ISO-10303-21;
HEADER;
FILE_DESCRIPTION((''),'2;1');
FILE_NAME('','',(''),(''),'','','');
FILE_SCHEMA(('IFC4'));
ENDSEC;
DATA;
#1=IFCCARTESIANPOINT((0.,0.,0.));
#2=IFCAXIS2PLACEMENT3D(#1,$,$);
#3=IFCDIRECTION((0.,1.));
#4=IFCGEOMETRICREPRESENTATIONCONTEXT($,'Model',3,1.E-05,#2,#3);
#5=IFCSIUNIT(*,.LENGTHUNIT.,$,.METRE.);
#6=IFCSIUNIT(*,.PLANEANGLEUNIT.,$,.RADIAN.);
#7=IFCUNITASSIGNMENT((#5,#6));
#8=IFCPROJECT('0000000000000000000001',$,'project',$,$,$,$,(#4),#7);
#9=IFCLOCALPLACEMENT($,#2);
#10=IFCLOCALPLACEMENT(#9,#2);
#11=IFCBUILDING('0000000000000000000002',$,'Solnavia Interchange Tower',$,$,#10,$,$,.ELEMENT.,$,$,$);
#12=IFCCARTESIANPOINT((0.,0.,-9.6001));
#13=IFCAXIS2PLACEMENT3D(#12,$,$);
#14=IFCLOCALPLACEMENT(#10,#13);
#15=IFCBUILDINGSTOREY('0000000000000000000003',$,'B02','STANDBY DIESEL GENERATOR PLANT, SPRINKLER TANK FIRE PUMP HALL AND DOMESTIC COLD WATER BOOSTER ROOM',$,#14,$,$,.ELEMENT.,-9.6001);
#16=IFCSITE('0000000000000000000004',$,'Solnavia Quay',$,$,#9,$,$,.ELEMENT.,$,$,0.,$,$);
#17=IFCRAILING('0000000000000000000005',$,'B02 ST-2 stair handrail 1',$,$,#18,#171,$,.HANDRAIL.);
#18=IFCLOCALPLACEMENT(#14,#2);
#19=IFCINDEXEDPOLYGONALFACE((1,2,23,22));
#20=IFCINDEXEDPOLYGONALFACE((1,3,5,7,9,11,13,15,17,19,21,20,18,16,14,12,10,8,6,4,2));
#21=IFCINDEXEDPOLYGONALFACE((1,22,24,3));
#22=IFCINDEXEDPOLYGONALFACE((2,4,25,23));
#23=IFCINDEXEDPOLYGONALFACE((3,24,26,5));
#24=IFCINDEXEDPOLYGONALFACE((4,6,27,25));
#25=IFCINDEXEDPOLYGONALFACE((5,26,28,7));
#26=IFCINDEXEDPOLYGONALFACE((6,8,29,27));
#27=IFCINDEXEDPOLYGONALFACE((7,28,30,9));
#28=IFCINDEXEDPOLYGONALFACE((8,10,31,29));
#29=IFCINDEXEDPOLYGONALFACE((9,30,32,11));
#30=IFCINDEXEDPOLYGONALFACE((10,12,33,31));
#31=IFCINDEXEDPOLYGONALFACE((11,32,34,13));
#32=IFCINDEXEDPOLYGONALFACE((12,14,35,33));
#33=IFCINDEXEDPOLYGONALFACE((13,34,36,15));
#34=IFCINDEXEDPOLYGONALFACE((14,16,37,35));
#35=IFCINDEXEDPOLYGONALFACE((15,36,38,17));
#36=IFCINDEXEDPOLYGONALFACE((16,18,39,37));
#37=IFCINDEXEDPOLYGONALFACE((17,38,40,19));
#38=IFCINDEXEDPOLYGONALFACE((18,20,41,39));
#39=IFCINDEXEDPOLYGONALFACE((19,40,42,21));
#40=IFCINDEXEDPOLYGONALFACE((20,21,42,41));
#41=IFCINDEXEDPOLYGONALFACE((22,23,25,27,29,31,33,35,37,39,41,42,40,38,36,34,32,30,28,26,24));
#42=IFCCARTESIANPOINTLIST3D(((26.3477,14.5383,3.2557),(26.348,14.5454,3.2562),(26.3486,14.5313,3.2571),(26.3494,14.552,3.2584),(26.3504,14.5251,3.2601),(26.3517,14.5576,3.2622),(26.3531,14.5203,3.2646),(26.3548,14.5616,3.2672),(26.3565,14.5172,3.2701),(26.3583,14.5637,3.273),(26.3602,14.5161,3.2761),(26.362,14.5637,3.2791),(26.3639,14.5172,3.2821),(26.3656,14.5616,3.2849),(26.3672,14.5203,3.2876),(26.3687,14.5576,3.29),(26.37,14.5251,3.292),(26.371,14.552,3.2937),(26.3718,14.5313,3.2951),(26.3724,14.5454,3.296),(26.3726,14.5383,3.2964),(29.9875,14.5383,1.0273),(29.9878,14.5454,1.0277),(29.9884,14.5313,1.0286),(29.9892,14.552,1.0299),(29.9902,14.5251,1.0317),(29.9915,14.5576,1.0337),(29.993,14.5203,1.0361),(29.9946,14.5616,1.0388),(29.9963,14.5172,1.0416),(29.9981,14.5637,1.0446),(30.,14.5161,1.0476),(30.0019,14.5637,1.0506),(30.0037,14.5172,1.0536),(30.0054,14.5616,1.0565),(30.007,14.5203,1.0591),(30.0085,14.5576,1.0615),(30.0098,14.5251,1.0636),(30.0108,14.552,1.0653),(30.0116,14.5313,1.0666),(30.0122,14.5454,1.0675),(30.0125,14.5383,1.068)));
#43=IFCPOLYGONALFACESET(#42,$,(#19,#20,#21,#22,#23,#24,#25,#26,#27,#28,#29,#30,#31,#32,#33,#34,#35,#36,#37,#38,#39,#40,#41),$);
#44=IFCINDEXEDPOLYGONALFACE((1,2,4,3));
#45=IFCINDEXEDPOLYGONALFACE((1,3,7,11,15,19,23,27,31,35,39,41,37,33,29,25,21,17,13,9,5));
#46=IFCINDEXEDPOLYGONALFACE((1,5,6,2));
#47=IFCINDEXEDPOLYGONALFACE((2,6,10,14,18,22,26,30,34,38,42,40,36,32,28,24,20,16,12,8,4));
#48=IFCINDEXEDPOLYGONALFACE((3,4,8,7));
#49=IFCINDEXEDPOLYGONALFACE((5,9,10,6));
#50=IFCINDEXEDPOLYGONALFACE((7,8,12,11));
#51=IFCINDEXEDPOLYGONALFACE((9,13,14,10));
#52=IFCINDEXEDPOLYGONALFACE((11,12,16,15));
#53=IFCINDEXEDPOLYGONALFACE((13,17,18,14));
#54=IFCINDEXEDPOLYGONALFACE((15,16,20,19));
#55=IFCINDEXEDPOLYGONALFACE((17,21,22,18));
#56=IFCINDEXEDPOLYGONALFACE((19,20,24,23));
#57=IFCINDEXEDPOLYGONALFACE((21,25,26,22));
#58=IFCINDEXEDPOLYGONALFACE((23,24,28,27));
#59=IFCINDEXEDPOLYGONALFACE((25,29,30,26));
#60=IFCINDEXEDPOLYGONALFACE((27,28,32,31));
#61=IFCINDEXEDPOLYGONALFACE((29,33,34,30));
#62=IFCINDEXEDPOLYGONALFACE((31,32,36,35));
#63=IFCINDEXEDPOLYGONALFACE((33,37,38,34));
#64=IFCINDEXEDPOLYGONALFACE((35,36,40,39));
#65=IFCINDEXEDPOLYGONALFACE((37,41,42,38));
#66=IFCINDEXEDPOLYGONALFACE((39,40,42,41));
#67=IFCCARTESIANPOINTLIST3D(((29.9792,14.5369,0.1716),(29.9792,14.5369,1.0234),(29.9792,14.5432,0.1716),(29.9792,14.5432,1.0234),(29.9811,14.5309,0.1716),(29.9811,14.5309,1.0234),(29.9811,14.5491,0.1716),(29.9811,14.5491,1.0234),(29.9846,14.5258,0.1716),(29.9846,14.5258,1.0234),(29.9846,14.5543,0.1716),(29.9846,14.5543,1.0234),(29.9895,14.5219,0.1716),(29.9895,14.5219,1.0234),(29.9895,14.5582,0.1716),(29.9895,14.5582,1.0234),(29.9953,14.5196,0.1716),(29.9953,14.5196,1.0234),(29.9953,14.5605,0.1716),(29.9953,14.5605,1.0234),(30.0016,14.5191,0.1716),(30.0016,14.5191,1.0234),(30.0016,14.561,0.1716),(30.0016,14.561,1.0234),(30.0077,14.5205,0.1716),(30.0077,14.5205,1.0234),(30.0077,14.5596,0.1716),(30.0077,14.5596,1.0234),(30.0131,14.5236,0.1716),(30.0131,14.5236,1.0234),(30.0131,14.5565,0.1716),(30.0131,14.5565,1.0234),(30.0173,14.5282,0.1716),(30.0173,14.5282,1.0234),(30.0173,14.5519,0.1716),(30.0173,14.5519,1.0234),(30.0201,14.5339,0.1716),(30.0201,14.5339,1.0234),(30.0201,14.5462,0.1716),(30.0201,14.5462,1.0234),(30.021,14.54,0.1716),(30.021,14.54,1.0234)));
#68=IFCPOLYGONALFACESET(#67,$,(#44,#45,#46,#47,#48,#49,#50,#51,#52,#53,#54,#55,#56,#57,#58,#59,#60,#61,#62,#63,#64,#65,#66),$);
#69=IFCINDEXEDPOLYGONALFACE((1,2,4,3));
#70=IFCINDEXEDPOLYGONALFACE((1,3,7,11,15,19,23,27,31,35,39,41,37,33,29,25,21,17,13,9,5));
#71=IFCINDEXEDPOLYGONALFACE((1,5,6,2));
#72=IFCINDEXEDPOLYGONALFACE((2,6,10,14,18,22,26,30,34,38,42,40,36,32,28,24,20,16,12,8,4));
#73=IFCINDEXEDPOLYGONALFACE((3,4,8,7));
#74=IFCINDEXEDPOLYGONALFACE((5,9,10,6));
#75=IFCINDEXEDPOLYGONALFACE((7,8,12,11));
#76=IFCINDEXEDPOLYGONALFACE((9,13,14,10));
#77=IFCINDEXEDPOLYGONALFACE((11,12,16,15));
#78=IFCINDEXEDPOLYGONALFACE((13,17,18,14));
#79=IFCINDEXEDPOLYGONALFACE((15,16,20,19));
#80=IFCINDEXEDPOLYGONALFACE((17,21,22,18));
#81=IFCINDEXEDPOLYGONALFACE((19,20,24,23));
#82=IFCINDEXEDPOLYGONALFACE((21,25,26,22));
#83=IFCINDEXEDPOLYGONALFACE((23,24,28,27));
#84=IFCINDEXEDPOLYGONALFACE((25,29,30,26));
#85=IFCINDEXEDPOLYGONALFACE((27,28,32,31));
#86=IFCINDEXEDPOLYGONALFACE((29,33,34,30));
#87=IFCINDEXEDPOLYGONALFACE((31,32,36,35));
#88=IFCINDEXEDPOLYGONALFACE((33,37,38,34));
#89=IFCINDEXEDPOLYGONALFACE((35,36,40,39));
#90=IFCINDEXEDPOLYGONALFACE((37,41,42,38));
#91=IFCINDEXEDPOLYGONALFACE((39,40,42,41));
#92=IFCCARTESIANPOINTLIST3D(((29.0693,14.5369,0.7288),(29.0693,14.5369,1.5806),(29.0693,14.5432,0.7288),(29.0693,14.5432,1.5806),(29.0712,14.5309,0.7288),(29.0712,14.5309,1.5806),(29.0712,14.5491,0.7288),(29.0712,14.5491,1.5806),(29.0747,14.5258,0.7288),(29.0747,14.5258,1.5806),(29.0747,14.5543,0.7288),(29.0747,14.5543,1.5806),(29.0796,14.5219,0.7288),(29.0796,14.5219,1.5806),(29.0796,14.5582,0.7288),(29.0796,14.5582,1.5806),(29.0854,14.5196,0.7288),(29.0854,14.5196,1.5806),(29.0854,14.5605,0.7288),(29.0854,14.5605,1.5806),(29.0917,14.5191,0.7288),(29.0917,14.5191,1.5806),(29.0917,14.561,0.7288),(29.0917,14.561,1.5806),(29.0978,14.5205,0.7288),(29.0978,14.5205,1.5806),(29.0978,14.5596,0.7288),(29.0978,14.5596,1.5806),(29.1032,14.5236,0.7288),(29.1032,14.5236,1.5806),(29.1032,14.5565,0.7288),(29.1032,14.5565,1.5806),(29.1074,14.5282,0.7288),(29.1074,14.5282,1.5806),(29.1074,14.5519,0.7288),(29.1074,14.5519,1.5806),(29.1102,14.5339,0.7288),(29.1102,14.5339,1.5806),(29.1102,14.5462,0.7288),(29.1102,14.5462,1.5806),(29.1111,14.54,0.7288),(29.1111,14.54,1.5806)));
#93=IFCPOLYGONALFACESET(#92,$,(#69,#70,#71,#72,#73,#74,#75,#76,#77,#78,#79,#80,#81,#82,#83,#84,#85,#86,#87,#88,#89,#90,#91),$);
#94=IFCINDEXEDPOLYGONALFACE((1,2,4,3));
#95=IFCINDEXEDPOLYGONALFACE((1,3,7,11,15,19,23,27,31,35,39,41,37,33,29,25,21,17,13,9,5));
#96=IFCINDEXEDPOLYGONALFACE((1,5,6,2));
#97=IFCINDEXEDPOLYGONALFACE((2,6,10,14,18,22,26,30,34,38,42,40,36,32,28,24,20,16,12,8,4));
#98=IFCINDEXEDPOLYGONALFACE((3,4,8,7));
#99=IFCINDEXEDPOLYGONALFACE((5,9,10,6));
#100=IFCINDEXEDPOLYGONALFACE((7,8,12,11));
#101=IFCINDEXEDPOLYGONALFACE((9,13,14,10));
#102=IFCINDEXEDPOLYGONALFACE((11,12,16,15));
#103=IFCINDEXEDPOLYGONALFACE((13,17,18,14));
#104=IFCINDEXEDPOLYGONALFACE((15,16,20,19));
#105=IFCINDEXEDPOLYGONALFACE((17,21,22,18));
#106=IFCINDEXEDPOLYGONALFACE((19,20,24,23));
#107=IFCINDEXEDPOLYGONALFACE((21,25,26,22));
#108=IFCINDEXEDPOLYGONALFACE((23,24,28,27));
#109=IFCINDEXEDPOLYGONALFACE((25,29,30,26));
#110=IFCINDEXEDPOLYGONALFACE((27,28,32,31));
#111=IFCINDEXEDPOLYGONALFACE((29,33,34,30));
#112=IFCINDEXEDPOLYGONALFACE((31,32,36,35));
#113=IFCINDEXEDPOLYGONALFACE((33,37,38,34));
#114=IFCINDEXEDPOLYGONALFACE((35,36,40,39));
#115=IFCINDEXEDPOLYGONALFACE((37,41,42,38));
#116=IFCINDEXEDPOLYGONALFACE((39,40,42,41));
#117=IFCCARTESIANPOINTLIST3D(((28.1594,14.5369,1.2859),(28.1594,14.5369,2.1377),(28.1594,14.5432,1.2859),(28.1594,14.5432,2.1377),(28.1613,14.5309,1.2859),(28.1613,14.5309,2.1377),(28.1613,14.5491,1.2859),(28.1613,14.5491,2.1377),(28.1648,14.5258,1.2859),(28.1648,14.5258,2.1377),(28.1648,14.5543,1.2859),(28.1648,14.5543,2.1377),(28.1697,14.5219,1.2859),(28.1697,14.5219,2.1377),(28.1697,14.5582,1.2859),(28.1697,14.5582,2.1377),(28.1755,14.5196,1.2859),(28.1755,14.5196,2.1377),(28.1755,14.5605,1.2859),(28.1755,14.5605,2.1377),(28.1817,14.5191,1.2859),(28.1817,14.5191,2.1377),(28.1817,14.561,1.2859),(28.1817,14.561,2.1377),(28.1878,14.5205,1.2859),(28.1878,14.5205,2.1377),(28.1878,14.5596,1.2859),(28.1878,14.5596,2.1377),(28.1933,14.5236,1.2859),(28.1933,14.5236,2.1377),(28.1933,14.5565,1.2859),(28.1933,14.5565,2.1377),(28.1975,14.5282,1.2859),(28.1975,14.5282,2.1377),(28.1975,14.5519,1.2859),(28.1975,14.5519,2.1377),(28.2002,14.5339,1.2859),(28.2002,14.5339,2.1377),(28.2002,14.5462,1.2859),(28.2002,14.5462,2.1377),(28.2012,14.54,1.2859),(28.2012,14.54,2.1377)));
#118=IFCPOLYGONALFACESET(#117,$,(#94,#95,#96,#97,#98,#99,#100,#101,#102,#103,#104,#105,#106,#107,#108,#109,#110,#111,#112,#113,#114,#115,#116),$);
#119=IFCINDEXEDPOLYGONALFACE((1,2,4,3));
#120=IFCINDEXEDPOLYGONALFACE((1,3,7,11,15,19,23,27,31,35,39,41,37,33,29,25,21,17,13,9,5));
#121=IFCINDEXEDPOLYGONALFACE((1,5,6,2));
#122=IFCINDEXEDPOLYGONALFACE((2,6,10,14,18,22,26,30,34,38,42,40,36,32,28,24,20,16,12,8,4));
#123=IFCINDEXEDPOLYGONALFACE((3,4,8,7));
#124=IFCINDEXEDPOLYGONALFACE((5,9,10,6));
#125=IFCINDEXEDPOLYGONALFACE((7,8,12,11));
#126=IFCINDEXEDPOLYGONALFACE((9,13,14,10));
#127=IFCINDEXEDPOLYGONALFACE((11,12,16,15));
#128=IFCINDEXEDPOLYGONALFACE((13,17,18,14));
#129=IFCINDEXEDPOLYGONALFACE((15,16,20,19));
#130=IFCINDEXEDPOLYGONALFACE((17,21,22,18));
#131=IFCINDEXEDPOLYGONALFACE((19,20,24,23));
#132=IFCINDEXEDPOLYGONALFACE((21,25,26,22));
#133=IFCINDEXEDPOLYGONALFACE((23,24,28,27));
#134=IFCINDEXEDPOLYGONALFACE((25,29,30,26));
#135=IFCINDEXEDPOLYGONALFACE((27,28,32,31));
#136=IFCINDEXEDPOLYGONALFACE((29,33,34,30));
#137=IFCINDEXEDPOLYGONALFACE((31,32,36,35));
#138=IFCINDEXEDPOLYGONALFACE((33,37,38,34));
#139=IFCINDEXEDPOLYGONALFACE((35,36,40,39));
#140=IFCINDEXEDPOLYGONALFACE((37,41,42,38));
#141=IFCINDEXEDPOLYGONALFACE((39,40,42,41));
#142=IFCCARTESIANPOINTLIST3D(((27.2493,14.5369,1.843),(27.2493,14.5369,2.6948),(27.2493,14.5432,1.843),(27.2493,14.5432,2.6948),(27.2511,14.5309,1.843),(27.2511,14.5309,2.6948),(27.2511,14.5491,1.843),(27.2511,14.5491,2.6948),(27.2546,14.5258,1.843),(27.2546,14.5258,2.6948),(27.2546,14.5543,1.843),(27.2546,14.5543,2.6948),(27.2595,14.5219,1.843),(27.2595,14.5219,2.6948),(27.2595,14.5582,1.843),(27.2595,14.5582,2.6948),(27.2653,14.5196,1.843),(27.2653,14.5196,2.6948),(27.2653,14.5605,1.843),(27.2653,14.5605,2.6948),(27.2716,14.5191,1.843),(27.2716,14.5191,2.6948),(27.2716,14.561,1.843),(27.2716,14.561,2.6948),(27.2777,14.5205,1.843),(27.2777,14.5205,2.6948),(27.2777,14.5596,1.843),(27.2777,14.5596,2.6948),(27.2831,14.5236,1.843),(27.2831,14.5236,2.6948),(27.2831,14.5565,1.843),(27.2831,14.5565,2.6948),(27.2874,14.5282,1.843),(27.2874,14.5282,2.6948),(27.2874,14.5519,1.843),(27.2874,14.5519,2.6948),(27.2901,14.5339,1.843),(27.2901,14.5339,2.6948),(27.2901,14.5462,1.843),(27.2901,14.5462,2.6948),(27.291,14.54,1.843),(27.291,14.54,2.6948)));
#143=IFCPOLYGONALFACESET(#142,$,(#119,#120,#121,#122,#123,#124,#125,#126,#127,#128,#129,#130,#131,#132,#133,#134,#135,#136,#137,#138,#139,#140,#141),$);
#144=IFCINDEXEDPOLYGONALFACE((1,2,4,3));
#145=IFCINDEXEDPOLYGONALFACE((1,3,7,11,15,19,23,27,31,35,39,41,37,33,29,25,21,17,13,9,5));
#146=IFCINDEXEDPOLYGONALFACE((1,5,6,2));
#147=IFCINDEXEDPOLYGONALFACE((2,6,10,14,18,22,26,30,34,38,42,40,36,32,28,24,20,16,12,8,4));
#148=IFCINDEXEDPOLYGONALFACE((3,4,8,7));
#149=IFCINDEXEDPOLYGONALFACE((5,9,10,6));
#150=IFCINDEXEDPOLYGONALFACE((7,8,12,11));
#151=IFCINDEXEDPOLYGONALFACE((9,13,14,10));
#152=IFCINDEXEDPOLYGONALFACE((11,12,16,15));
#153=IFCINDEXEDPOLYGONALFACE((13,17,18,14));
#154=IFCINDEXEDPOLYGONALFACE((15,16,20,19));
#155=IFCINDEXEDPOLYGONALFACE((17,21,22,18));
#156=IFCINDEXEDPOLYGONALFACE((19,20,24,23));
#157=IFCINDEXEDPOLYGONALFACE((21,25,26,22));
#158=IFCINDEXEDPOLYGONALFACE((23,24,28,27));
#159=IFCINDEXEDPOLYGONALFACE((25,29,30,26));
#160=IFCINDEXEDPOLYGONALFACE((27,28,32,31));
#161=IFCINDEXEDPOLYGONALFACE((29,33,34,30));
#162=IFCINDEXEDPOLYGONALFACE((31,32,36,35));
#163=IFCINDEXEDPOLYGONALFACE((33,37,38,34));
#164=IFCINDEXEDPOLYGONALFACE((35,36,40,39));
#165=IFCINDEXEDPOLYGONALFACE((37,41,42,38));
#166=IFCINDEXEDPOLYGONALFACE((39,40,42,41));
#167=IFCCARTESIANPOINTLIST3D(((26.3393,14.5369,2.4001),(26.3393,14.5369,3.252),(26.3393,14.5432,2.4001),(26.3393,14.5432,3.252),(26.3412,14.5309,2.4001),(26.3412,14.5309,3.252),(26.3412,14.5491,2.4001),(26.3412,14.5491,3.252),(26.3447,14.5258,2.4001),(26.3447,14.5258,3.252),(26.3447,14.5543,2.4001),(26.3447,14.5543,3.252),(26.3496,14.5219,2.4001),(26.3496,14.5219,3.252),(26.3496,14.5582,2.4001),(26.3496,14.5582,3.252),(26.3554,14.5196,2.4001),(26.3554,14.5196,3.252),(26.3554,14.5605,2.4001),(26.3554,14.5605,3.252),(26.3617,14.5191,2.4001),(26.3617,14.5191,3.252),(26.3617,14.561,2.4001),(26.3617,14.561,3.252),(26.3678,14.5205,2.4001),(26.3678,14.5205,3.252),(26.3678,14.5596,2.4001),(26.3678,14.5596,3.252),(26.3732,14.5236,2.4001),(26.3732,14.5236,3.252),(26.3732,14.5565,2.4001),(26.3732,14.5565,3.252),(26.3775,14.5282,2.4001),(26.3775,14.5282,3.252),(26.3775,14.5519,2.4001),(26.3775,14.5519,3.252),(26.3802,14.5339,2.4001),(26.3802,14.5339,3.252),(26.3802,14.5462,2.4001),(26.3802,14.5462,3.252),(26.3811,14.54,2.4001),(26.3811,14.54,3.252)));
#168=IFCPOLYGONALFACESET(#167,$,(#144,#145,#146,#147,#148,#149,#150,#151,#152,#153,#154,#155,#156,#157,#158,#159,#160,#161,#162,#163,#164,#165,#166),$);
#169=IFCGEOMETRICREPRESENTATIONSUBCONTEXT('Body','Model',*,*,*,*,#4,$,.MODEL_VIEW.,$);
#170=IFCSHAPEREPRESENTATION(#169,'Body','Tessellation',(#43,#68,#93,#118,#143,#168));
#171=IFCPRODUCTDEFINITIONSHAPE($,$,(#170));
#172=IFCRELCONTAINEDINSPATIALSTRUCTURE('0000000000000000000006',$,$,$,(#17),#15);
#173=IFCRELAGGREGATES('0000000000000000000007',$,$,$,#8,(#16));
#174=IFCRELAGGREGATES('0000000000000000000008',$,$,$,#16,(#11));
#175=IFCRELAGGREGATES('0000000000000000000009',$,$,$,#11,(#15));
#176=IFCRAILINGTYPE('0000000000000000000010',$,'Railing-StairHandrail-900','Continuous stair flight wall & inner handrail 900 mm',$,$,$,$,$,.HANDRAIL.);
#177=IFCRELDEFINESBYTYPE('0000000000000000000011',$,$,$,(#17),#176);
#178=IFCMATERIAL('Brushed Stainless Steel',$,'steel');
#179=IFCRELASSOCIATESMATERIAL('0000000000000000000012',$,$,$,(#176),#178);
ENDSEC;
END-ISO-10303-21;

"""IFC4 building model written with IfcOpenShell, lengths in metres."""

from ifc_helpers import new_model, si_unit, direction, frame, origin, origin_2d, place, context, subcontext, project, spatial, circle, extrude, material, type_object, element, save


model = new_model("IFC4")

# Units and contexts
model_context = context("Model", 3, precision=1e-05, world=origin(), true_north=direction((0.0, 1.0)))
body_context = subcontext(model_context, "Body", "Model", "MODEL_VIEW")
ifc_project = project(units=[si_unit("LENGTHUNIT", "METRE"), si_unit("PLANEANGLEUNIT", "RADIAN")], contexts=[model_context])

# Site, building, storey
site_placement = place(None, origin())
site = spatial("IfcSite", under=ifc_project, at=site_placement, Name="Solnavia Quay", CompositionType="ELEMENT", RefElevation=0.0)
building_placement = place(site_placement, origin())
building = spatial("IfcBuilding", under=site, at=building_placement, Name="Solnavia Interchange Tower", CompositionType="ELEMENT")
storey_placement = place(building_placement, frame((0.0, 0.0, -9.6001)))
storey = spatial("IfcBuildingStorey", under=building, at=storey_placement, Name="B02", Description="STANDBY DIESEL GENERATOR PLANT, SPRINKLER TANK FIRE PUMP HALL AND DOMESTIC COLD WATER BOOSTER ROOM", CompositionType="ELEMENT", Elevation=-9.6001)

# Railing
ifc_material_1 = material(Name="Brushed Stainless Steel", Category="steel")
railing_type_1 = type_object("IfcRailingType", Name="Railing-StairHandrail-900", Description="Continuous stair flight wall & inner handrail 900 mm", PredefinedType="HANDRAIL", material=ifc_material_1)
railing_1_placement = place(storey_placement, frame((30.0, 14.54, 0.1716)))
element("IfcRailing", 1, at=railing_1_placement, inside=storey, type_object=railing_type_1, Name="B02 ST-2 stair handrail 1", PredefinedType="HANDRAIL", context=body_context, shape_type="SweptSolid", body=[
    extrude(circle(Radius=0.0239, at=origin_2d()), frame((0.0, 0.0, 0.876), z_axis=(-0.85285, 0.0, 0.522156), x_axis=(0.0, -1.0, 0.0)), (0.0, 0.0, 1.0), 4.2678),
    extrude(circle(Radius=0.021, at=origin_2d()), origin(), (0.0, 0.0, 1.0), 0.8518),
    extrude(circle(Radius=0.021, at=origin_2d()), frame((-0.9099, 0.0, 0.5571)), (0.0, 0.0, 1.0), 0.8518),
    extrude(circle(Radius=0.021, at=origin_2d()), frame((-1.8198, 0.0, 1.1143)), (0.0, 0.0, 1.0), 0.8518),
    extrude(circle(Radius=0.021, at=origin_2d()), frame((-2.73, 0.0, 1.6714)), (0.0, 0.0, 1.0), 0.8518),
    extrude(circle(Radius=0.021, at=origin_2d()), frame((-3.6399, 0.0, 2.2285)), (0.0, 0.0, 1.0), 0.8518),
])

save(model, "model.ifc")
